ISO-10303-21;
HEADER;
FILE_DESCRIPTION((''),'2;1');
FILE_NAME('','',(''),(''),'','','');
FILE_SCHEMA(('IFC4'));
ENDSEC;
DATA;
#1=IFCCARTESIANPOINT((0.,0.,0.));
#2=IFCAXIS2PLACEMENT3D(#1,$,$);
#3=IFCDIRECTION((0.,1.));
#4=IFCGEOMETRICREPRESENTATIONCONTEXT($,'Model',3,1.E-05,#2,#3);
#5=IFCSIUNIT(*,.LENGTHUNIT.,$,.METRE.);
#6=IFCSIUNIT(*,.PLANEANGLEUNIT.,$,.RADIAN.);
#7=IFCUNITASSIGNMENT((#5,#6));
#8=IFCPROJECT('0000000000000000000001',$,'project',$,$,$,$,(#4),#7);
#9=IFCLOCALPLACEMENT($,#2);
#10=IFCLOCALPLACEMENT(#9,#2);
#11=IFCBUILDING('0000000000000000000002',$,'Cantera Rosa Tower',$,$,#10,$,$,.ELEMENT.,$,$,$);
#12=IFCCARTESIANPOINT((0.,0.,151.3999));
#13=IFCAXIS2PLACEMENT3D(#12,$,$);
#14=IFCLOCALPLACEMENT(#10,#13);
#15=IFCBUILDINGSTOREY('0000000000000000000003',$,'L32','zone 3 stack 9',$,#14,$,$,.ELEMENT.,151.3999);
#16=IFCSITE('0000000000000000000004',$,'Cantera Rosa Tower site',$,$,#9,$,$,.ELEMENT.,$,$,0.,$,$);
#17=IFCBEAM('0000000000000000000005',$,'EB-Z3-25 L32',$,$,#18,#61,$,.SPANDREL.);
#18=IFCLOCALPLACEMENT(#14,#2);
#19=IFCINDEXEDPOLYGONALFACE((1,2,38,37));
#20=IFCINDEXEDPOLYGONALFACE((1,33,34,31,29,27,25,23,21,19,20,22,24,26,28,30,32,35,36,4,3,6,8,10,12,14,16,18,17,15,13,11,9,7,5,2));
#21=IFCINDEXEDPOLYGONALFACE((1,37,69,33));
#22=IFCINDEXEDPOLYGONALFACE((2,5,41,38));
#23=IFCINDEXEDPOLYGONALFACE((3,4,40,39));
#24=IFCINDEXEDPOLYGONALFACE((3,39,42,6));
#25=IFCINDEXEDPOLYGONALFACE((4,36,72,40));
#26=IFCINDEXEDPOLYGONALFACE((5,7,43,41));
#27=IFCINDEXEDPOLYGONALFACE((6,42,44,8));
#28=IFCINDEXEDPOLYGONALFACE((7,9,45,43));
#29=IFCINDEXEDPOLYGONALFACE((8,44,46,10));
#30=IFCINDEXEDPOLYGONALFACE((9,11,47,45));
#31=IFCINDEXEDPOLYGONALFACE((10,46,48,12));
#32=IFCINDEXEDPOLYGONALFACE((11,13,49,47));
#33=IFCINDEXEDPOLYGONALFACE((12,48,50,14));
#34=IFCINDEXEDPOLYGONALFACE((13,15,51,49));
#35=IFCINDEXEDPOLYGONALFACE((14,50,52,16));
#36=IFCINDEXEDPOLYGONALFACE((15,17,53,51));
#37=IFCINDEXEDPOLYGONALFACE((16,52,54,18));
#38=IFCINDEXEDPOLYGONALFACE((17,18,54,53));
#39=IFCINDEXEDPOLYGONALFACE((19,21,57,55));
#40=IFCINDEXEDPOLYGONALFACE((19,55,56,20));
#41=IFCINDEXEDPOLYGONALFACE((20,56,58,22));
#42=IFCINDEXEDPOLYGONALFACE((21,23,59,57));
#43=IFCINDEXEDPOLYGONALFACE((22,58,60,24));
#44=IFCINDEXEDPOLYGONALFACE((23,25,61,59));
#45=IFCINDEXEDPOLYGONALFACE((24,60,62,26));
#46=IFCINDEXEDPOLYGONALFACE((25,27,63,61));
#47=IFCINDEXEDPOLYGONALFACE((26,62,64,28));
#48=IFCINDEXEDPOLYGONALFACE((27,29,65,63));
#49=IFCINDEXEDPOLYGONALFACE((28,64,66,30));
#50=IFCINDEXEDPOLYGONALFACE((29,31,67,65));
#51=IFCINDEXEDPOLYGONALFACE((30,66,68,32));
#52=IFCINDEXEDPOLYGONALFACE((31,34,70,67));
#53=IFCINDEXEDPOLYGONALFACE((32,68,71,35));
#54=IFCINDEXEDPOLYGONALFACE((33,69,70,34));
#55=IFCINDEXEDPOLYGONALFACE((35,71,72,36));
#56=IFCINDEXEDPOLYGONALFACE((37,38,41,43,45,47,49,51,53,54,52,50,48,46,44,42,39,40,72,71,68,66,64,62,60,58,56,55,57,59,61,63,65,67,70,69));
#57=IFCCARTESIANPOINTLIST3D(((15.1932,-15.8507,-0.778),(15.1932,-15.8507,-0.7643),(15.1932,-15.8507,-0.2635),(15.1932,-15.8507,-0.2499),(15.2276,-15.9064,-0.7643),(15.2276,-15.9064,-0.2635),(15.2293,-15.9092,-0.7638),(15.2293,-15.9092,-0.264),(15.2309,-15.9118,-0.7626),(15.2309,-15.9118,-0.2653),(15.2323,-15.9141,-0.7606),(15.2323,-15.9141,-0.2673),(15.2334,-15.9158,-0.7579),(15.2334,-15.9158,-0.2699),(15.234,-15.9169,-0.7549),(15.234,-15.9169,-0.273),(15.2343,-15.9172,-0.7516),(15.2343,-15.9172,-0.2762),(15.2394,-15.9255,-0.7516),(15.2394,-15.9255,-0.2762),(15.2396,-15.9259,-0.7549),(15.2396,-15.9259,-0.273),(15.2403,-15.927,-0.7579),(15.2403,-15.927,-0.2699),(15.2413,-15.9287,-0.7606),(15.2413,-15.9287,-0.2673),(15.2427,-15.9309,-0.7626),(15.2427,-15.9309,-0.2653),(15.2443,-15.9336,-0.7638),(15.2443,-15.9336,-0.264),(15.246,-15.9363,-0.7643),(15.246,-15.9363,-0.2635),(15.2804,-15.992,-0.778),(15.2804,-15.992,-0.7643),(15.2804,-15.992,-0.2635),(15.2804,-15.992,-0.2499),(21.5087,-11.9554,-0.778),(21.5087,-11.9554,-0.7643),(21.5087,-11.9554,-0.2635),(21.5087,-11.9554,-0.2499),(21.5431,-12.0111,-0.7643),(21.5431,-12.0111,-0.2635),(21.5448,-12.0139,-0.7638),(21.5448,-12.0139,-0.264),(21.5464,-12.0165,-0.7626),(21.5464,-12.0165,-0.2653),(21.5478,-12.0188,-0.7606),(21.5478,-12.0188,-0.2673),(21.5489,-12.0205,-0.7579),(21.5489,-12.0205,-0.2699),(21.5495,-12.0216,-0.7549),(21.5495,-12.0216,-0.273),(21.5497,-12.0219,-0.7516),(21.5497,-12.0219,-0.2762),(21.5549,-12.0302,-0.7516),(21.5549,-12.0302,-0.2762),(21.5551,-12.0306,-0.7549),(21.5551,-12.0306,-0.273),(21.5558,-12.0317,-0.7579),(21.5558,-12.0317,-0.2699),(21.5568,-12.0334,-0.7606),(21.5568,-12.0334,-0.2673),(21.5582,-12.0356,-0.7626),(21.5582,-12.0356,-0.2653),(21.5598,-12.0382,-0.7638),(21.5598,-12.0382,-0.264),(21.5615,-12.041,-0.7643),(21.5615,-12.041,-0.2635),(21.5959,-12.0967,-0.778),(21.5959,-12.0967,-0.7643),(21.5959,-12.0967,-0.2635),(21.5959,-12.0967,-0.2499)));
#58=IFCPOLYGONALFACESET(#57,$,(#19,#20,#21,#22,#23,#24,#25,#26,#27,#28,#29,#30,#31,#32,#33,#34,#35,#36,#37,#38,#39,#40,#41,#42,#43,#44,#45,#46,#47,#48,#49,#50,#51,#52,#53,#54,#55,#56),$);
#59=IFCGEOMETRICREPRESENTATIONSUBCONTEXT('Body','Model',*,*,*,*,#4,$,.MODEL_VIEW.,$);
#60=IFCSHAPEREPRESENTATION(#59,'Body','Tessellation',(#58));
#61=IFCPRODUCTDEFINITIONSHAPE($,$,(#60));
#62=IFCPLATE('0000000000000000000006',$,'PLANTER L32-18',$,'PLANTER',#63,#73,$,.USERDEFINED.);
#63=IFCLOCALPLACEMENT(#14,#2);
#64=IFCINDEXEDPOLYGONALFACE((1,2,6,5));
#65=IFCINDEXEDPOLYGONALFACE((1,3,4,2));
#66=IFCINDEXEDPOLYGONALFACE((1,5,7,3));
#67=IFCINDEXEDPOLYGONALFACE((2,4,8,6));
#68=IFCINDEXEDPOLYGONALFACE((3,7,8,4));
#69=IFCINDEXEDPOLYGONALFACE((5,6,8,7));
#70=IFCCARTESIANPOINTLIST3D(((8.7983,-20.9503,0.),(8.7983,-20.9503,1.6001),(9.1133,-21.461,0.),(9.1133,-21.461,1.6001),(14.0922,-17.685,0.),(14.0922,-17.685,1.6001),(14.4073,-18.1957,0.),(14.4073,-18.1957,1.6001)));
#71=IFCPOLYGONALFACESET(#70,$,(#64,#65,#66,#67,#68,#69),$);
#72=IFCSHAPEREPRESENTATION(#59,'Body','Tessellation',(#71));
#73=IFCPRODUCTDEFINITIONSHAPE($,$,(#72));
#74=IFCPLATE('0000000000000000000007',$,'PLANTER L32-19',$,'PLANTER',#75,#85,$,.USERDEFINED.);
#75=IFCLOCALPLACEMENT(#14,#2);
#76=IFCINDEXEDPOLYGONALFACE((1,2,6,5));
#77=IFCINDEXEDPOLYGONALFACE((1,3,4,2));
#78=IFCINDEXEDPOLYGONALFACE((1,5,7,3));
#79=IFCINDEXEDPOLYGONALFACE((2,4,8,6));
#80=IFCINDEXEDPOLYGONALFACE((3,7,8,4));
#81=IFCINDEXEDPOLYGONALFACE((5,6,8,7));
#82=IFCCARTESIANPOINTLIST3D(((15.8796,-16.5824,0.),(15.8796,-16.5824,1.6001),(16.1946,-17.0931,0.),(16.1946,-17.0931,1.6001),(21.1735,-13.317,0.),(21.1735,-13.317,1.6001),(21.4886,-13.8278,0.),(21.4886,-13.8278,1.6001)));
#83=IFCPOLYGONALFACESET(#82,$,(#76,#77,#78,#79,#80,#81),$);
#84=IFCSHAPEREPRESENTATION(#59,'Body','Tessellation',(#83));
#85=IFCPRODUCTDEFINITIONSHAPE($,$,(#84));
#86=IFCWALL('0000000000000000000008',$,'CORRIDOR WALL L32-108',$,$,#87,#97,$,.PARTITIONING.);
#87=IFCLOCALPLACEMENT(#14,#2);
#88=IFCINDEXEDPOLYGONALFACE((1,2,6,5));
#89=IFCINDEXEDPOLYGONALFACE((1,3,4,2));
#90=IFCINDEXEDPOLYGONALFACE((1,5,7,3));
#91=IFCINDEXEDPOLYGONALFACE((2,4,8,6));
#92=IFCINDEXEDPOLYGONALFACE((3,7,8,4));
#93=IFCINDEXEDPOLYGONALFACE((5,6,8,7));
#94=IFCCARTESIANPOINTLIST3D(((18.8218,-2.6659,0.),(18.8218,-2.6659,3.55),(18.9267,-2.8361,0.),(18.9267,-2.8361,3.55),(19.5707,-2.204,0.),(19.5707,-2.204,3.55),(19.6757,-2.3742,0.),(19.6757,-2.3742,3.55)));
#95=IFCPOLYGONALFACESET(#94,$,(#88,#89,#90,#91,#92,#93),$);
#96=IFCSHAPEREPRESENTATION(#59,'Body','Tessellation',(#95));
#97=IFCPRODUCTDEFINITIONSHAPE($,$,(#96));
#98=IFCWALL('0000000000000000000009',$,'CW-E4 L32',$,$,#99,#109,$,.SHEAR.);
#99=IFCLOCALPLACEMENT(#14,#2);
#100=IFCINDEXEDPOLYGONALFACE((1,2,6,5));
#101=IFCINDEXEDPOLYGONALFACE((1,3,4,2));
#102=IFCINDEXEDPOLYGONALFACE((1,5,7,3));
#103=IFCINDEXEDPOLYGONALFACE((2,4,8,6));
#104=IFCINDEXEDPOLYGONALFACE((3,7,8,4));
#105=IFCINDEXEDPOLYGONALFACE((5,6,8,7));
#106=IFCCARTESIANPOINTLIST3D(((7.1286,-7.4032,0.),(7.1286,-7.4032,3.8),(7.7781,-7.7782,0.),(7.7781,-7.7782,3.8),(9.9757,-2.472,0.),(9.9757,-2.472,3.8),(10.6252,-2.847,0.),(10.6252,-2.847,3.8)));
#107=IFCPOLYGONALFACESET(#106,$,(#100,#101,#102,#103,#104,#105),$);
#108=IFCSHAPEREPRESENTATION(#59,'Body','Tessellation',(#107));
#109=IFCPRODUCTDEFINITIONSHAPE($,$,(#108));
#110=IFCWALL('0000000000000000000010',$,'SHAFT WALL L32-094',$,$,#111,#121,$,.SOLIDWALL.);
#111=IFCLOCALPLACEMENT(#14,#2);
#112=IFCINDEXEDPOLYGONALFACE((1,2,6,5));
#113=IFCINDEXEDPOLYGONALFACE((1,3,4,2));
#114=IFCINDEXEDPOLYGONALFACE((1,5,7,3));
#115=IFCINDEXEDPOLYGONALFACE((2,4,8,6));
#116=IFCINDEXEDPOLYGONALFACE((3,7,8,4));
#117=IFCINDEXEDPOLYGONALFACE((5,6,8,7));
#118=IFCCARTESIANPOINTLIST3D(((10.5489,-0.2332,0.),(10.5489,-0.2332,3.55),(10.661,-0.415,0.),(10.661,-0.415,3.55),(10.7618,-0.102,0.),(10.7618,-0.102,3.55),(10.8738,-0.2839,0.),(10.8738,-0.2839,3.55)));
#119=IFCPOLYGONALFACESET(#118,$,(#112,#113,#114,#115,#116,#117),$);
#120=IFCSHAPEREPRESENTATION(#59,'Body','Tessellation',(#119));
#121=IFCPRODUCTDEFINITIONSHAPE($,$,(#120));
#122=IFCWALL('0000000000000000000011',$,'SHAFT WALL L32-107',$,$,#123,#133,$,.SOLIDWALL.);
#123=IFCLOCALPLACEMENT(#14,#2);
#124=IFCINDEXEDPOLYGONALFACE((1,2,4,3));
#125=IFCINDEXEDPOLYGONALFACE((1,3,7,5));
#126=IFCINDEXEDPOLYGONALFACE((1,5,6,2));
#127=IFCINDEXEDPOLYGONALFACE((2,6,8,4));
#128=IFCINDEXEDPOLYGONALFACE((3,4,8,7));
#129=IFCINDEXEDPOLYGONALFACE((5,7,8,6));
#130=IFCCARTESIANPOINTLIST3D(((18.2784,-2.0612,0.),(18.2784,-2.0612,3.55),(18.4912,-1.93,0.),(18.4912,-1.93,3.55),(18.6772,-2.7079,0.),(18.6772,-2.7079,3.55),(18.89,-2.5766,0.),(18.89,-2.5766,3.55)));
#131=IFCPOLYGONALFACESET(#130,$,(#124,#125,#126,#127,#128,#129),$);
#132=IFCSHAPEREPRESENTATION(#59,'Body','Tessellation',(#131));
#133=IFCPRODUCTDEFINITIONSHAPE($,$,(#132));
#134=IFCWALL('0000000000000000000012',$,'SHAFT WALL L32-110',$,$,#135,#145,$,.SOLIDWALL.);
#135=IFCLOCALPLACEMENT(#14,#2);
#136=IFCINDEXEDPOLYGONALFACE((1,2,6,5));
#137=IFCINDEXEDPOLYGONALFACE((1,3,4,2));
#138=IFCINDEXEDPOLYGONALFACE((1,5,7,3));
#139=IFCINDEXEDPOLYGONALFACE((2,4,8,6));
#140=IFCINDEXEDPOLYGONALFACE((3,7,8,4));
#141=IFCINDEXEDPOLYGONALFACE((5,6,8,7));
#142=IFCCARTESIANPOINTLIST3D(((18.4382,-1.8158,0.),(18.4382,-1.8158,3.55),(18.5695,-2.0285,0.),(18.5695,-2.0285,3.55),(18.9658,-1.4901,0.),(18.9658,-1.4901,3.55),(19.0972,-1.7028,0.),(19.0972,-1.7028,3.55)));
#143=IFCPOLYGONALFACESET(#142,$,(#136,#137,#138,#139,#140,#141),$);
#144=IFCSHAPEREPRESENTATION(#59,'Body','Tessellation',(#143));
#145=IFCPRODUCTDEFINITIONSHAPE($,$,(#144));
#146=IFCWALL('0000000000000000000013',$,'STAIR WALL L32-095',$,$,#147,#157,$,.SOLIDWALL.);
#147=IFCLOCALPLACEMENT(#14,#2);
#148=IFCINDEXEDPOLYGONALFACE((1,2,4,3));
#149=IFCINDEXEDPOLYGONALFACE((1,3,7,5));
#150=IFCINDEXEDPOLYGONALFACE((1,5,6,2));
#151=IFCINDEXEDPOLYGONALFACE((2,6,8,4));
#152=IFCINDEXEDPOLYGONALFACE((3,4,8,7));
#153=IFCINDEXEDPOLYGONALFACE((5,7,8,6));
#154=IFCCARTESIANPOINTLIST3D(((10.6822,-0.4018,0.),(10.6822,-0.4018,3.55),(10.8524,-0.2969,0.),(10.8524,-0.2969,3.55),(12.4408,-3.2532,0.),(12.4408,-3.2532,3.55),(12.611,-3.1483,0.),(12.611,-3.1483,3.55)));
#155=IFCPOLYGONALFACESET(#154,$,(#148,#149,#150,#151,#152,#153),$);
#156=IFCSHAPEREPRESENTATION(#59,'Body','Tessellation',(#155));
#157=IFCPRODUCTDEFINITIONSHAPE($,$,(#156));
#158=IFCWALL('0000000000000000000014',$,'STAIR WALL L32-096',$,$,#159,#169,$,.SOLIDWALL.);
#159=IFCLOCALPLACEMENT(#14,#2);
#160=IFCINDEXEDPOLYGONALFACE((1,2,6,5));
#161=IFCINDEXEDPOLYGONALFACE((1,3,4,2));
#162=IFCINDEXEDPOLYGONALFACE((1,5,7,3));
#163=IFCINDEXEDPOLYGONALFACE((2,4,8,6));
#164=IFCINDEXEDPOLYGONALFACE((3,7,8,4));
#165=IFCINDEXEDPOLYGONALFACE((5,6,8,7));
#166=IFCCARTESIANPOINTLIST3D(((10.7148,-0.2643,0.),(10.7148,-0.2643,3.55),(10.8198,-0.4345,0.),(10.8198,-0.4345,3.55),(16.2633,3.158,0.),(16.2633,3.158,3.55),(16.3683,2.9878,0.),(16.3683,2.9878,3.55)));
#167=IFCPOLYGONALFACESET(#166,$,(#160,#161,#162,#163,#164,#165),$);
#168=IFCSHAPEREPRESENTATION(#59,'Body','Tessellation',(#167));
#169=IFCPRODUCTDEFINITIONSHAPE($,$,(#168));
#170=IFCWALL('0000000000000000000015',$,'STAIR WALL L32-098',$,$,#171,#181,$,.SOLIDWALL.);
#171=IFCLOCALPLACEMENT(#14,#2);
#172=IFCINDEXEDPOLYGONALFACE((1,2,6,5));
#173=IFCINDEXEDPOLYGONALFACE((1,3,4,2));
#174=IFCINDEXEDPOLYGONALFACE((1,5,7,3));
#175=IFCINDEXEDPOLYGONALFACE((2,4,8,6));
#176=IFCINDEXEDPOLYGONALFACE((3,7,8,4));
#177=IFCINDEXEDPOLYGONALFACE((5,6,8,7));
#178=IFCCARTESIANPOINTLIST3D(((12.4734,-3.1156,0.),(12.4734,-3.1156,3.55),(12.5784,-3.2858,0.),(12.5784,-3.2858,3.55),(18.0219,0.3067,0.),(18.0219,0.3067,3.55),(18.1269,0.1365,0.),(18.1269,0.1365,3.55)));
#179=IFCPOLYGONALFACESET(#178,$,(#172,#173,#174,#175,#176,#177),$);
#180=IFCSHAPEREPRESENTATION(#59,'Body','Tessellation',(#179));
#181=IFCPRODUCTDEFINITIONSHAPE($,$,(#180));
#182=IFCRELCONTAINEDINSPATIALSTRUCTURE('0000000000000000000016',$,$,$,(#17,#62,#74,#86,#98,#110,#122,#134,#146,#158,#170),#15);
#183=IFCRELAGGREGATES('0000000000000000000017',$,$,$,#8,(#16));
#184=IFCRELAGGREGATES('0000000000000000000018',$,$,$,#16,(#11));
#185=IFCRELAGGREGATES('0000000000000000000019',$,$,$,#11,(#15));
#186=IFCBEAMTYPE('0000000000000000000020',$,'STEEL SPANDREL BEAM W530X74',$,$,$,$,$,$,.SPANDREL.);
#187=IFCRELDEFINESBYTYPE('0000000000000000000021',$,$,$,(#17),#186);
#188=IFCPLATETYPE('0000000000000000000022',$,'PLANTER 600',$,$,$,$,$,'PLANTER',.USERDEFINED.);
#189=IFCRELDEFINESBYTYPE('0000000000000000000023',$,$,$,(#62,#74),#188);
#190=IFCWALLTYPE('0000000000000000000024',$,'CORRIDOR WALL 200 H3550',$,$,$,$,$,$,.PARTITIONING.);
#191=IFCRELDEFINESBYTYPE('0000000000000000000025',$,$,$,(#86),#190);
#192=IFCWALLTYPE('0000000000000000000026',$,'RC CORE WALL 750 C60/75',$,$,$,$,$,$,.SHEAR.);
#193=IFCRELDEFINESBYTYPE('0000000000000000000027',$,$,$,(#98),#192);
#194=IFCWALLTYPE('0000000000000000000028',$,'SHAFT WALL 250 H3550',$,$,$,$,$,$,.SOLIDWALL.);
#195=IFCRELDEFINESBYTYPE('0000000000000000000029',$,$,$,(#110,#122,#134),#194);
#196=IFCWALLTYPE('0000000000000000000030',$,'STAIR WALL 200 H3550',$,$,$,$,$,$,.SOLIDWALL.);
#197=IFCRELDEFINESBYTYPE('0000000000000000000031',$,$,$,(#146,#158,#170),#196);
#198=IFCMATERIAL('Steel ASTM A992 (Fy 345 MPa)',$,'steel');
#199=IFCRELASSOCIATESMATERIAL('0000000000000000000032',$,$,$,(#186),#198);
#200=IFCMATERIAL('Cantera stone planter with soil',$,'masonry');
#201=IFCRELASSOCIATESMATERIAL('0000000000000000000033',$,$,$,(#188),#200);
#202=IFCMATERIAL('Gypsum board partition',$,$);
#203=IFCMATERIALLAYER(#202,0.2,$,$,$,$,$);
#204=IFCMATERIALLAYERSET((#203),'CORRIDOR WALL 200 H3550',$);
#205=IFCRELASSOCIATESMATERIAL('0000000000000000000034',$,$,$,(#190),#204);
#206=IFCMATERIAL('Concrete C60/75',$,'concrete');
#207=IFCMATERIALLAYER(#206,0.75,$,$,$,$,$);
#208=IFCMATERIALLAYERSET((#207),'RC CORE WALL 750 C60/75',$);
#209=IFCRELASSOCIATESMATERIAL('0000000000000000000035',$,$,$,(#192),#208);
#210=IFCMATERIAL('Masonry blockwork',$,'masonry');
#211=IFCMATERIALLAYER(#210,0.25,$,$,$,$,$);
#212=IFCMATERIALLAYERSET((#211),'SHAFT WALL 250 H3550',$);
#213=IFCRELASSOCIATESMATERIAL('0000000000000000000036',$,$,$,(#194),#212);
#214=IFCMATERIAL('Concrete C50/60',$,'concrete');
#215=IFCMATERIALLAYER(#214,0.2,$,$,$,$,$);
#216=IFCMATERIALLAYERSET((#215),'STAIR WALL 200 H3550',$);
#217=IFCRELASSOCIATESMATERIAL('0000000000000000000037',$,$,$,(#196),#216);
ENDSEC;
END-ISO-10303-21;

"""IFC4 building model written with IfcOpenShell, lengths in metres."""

from ifc_helpers import new_model, si_unit, direction, frame, frame_2d, origin, origin_2d, place, context, subcontext, project, spatial, rectangle, i_section, extrude, material, layer, layer_set, material_profile, profile_set, type_object, element, save


model = new_model("IFC4")

# Units and contexts
model_context = context("Model", 3, precision=1e-05, world=origin(), true_north=direction((0.0, 1.0)))
body_context = subcontext(model_context, "Body", "Model", "MODEL_VIEW")
ifc_project = project(units=[si_unit("LENGTHUNIT", "METRE"), si_unit("PLANEANGLEUNIT", "RADIAN")], contexts=[model_context])

# Site, building, storey
site_placement = place(None, origin())
site = spatial("IfcSite", under=ifc_project, at=site_placement, Name="Cantera Rosa Tower site", CompositionType="ELEMENT", RefElevation=0.0)
building_placement = place(site_placement, origin())
building = spatial("IfcBuilding", under=site, at=building_placement, Name="Cantera Rosa Tower", CompositionType="ELEMENT")
storey_placement = place(building_placement, frame((0.0, 0.0, 151.3999)))
storey = spatial("IfcBuildingStorey", under=building, at=storey_placement, Name="L32", Description="zone 3 stack 9", CompositionType="ELEMENT", Elevation=151.3999)

# Beam
ifc_material_1 = material(Name="Steel ASTM A992 (Fy 345 MPa)", Category="steel")
ifc_material_profile_1 = material_profile(ifc_material_1, i_section(OverallWidth=0.166, OverallDepth=0.5281, WebThickness=0.0098, FlangeThickness=0.0137, FilletRadius=0.0127, at=origin_2d()), Name="W530X74")
ifc_profile_set_1 = profile_set([ifc_material_profile_1], Name="Steel ASTM A992 (Fy 345 MPa)")
beam_type_1 = type_object("IfcBeamType", Name="STEEL SPANDREL BEAM W530X74", PredefinedType="SPANDREL", material=ifc_profile_set_1)
for number, where, z_axis, x_axis, name in (
    (1, (15.2368, -15.9214, -0.5139), (0.851126, 0.524962, 0.0), (-0.524962, 0.851126, 0.0), "EB-Z3-25 L32"),
):
    element("IfcBeam", number, at=place(storey_placement, frame(where, z_axis=z_axis, x_axis=x_axis)), inside=storey, type_object=beam_type_1, Name=name, PredefinedType="SPANDREL", context=body_context, shape_type="SweptSolid", body=[
        extrude(i_section(OverallWidth=0.166, OverallDepth=0.5281, WebThickness=0.0098, FlangeThickness=0.0137, FilletRadius=0.0127, at=origin_2d()), origin(), (0.0, 0.0, 1.0), 7.4202),
    ])

# Plates
ifc_material_2 = material(Name="Cantera stone planter with soil", Category="masonry")
plate_type = type_object("IfcPlateType", Name="PLANTER 600", ElementType="PLANTER", PredefinedType="USERDEFINED", material=ifc_material_2)
for number, where, z_axis, x_axis, name in (
    (2, (11.6028, -19.573, 0.0), (0.0, 0.0, 1.0), (0.851117, 0.524977, 0.0), "PLANTER L32-18"),
    (3, (18.6841, -15.2051, 0.0), (0.0, 0.0, 1.0), (0.851117, 0.524977, 0.0), "PLANTER L32-19"),
):
    element("IfcPlate", number, at=place(storey_placement, frame(where, z_axis=z_axis, x_axis=x_axis)), inside=storey, type_object=plate_type, Name=name, ObjectType="PLANTER", PredefinedType="USERDEFINED", context=body_context, shape_type="SweptSolid", body=[
        extrude(rectangle(XDim=6.22, YDim=0.6001, at=origin_2d()), origin(), (0.0, 0.0, 1.0), 1.6001),
    ])

# Wall
ifc_material_3 = material(Name="Gypsum board partition")
ifc_layer_1 = layer(ifc_material_3, 0.2)
ifc_layer_set_1 = layer_set([ifc_layer_1], Name="CORRIDOR WALL 200 H3550")
wall_type_1 = type_object("IfcWallType", Name="CORRIDOR WALL 200 H3550", PredefinedType="PARTITIONING", material=ifc_layer_set_1)
wall_1_placement = place(storey_placement, frame((18.8743, -2.751, 0.0), z_axis=(0.0, 0.0, 1.0), x_axis=(0.851163, 0.524902, 0.0)))
element("IfcWall", 4, at=wall_1_placement, inside=storey, type_object=wall_type_1, Name="CORRIDOR WALL L32-108", PredefinedType="PARTITIONING", context=body_context, shape_type="SweptSolid", body=[
    extrude(rectangle(XDim=0.8799, YDim=0.2, at=frame_2d((0.4399, 0.0))), origin(), (0.0, 0.0, 1.0), 3.55),
])

# Walls
ifc_material_4 = material(Name="Concrete C60/75", Category="concrete")
ifc_layer_2 = layer(ifc_material_4, 0.75)
ifc_layer_set_2 = layer_set([ifc_layer_2], Name="RC CORE WALL 750 C60/75")
wall_type_2 = type_object("IfcWallType", Name="RC CORE WALL 750 C60/75", PredefinedType="SHEAR", material=ifc_layer_set_2)
wall_2_placement = place(storey_placement, frame((10.3005, -2.6594, 0.0), z_axis=(0.0, 0.0, 1.0), x_axis=(-0.500022, -0.866013, 0.0)))
element("IfcWall", 5, at=wall_2_placement, inside=storey, type_object=wall_type_2, Name="CW-E4 L32", PredefinedType="SHEAR", context=body_context, shape_type="SweptSolid", body=[
    extrude(rectangle(XDim=5.6941, YDim=0.75, at=frame_2d((2.8472, 0.0))), origin(), (0.0, 0.0, 1.0), 3.8),
])
ifc_material_5 = material(Name="Masonry blockwork", Category="masonry")
ifc_layer_3 = layer(ifc_material_5, 0.25)
ifc_layer_set_3 = layer_set([ifc_layer_3], Name="SHAFT WALL 250 H3550")
wall_type_3 = type_object("IfcWallType", Name="SHAFT WALL 250 H3550", PredefinedType="SOLIDWALL", material=ifc_layer_set_3)
wall_3_placement = place(storey_placement, frame((10.6553, -0.1675, 0.0), z_axis=(0.0, 0.0, 1.0), x_axis=(0.524544, -0.851384, 0.0)))
element("IfcWall", 6, at=wall_3_placement, inside=storey, type_object=wall_type_3, Name="SHAFT WALL L32-094", PredefinedType="SOLIDWALL", context=body_context, shape_type="SweptSolid", body=[
    extrude(rectangle(XDim=0.2136, YDim=0.25, at=frame_2d((0.1069, 0.0))), origin(), (0.0, 0.0, 1.0), 3.55),
])
wall_4_placement = place(storey_placement, frame((18.3848, -1.9956, 0.0), z_axis=(0.0, 0.0, 1.0), x_axis=(0.524993, -0.851106, 0.0)))
element("IfcWall", 7, at=wall_4_placement, inside=storey, type_object=wall_type_3, Name="SHAFT WALL L32-107", PredefinedType="SOLIDWALL", context=body_context, shape_type="SweptSolid", body=[
    extrude(rectangle(XDim=0.7598, YDim=0.25, at=frame_2d((0.3799, 0.0))), origin(), (0.0, 0.0, 1.0), 3.55),
])
wall_5_placement = place(storey_placement, frame((19.0315, -1.5964, 0.0), z_axis=(0.0, 0.0, 1.0), x_axis=(-0.850927, -0.525283, 0.0)))
element("IfcWall", 8, at=wall_5_placement, inside=storey, type_object=wall_type_3, Name="SHAFT WALL L32-110", PredefinedType="SOLIDWALL", context=body_context, shape_type="SweptSolid", body=[
    extrude(rectangle(XDim=0.6201, YDim=0.25, at=frame_2d((0.3101, 0.0))), origin(), (0.0, 0.0, 1.0), 3.55),
])
ifc_material_6 = material(Name="Concrete C50/60", Category="concrete")
ifc_layer_4 = layer(ifc_material_6, 0.2)
ifc_layer_set_4 = layer_set([ifc_layer_4], Name="STAIR WALL 200 H3550")
wall_type_4 = type_object("IfcWallType", Name="STAIR WALL 200 H3550", PredefinedType="SOLIDWALL", material=ifc_layer_set_4)
wall_6_placement = place(storey_placement, frame((10.7673, -0.3494, 0.0), z_axis=(0.0, 0.0, 1.0), x_axis=(0.524939, -0.85114, 0.0)))
element("IfcWall", 9, at=wall_6_placement, inside=storey, type_object=wall_type_4, Name="STAIR WALL L32-095", PredefinedType="SOLIDWALL", context=body_context, shape_type="SweptSolid", body=[
    extrude(rectangle(XDim=3.3501, YDim=0.2, at=frame_2d((1.675, 0.0))), origin(), (0.0, 0.0, 1.0), 3.55),
])
for number, where, z_axis, x_axis, name in (
    (10, (10.7673, -0.3494, 0.0), (0.0, 0.0, 1.0), (0.85112, 0.524971, 0.0), "STAIR WALL L32-096"),
    (11, (12.5259, -3.2007, 0.0), (0.0, 0.0, 1.0), (0.85112, 0.524971, 0.0), "STAIR WALL L32-098"),
):
    element("IfcWall", number, at=place(storey_placement, frame(where, z_axis=z_axis, x_axis=x_axis)), inside=storey, type_object=wall_type_4, Name=name, PredefinedType="SOLIDWALL", context=body_context, shape_type="SweptSolid", body=[
        extrude(rectangle(XDim=6.519, YDim=0.2, at=frame_2d((3.2595, 0.0))), origin(), (0.0, 0.0, 1.0), 3.55),
    ])

save(model, "model.ifc")
